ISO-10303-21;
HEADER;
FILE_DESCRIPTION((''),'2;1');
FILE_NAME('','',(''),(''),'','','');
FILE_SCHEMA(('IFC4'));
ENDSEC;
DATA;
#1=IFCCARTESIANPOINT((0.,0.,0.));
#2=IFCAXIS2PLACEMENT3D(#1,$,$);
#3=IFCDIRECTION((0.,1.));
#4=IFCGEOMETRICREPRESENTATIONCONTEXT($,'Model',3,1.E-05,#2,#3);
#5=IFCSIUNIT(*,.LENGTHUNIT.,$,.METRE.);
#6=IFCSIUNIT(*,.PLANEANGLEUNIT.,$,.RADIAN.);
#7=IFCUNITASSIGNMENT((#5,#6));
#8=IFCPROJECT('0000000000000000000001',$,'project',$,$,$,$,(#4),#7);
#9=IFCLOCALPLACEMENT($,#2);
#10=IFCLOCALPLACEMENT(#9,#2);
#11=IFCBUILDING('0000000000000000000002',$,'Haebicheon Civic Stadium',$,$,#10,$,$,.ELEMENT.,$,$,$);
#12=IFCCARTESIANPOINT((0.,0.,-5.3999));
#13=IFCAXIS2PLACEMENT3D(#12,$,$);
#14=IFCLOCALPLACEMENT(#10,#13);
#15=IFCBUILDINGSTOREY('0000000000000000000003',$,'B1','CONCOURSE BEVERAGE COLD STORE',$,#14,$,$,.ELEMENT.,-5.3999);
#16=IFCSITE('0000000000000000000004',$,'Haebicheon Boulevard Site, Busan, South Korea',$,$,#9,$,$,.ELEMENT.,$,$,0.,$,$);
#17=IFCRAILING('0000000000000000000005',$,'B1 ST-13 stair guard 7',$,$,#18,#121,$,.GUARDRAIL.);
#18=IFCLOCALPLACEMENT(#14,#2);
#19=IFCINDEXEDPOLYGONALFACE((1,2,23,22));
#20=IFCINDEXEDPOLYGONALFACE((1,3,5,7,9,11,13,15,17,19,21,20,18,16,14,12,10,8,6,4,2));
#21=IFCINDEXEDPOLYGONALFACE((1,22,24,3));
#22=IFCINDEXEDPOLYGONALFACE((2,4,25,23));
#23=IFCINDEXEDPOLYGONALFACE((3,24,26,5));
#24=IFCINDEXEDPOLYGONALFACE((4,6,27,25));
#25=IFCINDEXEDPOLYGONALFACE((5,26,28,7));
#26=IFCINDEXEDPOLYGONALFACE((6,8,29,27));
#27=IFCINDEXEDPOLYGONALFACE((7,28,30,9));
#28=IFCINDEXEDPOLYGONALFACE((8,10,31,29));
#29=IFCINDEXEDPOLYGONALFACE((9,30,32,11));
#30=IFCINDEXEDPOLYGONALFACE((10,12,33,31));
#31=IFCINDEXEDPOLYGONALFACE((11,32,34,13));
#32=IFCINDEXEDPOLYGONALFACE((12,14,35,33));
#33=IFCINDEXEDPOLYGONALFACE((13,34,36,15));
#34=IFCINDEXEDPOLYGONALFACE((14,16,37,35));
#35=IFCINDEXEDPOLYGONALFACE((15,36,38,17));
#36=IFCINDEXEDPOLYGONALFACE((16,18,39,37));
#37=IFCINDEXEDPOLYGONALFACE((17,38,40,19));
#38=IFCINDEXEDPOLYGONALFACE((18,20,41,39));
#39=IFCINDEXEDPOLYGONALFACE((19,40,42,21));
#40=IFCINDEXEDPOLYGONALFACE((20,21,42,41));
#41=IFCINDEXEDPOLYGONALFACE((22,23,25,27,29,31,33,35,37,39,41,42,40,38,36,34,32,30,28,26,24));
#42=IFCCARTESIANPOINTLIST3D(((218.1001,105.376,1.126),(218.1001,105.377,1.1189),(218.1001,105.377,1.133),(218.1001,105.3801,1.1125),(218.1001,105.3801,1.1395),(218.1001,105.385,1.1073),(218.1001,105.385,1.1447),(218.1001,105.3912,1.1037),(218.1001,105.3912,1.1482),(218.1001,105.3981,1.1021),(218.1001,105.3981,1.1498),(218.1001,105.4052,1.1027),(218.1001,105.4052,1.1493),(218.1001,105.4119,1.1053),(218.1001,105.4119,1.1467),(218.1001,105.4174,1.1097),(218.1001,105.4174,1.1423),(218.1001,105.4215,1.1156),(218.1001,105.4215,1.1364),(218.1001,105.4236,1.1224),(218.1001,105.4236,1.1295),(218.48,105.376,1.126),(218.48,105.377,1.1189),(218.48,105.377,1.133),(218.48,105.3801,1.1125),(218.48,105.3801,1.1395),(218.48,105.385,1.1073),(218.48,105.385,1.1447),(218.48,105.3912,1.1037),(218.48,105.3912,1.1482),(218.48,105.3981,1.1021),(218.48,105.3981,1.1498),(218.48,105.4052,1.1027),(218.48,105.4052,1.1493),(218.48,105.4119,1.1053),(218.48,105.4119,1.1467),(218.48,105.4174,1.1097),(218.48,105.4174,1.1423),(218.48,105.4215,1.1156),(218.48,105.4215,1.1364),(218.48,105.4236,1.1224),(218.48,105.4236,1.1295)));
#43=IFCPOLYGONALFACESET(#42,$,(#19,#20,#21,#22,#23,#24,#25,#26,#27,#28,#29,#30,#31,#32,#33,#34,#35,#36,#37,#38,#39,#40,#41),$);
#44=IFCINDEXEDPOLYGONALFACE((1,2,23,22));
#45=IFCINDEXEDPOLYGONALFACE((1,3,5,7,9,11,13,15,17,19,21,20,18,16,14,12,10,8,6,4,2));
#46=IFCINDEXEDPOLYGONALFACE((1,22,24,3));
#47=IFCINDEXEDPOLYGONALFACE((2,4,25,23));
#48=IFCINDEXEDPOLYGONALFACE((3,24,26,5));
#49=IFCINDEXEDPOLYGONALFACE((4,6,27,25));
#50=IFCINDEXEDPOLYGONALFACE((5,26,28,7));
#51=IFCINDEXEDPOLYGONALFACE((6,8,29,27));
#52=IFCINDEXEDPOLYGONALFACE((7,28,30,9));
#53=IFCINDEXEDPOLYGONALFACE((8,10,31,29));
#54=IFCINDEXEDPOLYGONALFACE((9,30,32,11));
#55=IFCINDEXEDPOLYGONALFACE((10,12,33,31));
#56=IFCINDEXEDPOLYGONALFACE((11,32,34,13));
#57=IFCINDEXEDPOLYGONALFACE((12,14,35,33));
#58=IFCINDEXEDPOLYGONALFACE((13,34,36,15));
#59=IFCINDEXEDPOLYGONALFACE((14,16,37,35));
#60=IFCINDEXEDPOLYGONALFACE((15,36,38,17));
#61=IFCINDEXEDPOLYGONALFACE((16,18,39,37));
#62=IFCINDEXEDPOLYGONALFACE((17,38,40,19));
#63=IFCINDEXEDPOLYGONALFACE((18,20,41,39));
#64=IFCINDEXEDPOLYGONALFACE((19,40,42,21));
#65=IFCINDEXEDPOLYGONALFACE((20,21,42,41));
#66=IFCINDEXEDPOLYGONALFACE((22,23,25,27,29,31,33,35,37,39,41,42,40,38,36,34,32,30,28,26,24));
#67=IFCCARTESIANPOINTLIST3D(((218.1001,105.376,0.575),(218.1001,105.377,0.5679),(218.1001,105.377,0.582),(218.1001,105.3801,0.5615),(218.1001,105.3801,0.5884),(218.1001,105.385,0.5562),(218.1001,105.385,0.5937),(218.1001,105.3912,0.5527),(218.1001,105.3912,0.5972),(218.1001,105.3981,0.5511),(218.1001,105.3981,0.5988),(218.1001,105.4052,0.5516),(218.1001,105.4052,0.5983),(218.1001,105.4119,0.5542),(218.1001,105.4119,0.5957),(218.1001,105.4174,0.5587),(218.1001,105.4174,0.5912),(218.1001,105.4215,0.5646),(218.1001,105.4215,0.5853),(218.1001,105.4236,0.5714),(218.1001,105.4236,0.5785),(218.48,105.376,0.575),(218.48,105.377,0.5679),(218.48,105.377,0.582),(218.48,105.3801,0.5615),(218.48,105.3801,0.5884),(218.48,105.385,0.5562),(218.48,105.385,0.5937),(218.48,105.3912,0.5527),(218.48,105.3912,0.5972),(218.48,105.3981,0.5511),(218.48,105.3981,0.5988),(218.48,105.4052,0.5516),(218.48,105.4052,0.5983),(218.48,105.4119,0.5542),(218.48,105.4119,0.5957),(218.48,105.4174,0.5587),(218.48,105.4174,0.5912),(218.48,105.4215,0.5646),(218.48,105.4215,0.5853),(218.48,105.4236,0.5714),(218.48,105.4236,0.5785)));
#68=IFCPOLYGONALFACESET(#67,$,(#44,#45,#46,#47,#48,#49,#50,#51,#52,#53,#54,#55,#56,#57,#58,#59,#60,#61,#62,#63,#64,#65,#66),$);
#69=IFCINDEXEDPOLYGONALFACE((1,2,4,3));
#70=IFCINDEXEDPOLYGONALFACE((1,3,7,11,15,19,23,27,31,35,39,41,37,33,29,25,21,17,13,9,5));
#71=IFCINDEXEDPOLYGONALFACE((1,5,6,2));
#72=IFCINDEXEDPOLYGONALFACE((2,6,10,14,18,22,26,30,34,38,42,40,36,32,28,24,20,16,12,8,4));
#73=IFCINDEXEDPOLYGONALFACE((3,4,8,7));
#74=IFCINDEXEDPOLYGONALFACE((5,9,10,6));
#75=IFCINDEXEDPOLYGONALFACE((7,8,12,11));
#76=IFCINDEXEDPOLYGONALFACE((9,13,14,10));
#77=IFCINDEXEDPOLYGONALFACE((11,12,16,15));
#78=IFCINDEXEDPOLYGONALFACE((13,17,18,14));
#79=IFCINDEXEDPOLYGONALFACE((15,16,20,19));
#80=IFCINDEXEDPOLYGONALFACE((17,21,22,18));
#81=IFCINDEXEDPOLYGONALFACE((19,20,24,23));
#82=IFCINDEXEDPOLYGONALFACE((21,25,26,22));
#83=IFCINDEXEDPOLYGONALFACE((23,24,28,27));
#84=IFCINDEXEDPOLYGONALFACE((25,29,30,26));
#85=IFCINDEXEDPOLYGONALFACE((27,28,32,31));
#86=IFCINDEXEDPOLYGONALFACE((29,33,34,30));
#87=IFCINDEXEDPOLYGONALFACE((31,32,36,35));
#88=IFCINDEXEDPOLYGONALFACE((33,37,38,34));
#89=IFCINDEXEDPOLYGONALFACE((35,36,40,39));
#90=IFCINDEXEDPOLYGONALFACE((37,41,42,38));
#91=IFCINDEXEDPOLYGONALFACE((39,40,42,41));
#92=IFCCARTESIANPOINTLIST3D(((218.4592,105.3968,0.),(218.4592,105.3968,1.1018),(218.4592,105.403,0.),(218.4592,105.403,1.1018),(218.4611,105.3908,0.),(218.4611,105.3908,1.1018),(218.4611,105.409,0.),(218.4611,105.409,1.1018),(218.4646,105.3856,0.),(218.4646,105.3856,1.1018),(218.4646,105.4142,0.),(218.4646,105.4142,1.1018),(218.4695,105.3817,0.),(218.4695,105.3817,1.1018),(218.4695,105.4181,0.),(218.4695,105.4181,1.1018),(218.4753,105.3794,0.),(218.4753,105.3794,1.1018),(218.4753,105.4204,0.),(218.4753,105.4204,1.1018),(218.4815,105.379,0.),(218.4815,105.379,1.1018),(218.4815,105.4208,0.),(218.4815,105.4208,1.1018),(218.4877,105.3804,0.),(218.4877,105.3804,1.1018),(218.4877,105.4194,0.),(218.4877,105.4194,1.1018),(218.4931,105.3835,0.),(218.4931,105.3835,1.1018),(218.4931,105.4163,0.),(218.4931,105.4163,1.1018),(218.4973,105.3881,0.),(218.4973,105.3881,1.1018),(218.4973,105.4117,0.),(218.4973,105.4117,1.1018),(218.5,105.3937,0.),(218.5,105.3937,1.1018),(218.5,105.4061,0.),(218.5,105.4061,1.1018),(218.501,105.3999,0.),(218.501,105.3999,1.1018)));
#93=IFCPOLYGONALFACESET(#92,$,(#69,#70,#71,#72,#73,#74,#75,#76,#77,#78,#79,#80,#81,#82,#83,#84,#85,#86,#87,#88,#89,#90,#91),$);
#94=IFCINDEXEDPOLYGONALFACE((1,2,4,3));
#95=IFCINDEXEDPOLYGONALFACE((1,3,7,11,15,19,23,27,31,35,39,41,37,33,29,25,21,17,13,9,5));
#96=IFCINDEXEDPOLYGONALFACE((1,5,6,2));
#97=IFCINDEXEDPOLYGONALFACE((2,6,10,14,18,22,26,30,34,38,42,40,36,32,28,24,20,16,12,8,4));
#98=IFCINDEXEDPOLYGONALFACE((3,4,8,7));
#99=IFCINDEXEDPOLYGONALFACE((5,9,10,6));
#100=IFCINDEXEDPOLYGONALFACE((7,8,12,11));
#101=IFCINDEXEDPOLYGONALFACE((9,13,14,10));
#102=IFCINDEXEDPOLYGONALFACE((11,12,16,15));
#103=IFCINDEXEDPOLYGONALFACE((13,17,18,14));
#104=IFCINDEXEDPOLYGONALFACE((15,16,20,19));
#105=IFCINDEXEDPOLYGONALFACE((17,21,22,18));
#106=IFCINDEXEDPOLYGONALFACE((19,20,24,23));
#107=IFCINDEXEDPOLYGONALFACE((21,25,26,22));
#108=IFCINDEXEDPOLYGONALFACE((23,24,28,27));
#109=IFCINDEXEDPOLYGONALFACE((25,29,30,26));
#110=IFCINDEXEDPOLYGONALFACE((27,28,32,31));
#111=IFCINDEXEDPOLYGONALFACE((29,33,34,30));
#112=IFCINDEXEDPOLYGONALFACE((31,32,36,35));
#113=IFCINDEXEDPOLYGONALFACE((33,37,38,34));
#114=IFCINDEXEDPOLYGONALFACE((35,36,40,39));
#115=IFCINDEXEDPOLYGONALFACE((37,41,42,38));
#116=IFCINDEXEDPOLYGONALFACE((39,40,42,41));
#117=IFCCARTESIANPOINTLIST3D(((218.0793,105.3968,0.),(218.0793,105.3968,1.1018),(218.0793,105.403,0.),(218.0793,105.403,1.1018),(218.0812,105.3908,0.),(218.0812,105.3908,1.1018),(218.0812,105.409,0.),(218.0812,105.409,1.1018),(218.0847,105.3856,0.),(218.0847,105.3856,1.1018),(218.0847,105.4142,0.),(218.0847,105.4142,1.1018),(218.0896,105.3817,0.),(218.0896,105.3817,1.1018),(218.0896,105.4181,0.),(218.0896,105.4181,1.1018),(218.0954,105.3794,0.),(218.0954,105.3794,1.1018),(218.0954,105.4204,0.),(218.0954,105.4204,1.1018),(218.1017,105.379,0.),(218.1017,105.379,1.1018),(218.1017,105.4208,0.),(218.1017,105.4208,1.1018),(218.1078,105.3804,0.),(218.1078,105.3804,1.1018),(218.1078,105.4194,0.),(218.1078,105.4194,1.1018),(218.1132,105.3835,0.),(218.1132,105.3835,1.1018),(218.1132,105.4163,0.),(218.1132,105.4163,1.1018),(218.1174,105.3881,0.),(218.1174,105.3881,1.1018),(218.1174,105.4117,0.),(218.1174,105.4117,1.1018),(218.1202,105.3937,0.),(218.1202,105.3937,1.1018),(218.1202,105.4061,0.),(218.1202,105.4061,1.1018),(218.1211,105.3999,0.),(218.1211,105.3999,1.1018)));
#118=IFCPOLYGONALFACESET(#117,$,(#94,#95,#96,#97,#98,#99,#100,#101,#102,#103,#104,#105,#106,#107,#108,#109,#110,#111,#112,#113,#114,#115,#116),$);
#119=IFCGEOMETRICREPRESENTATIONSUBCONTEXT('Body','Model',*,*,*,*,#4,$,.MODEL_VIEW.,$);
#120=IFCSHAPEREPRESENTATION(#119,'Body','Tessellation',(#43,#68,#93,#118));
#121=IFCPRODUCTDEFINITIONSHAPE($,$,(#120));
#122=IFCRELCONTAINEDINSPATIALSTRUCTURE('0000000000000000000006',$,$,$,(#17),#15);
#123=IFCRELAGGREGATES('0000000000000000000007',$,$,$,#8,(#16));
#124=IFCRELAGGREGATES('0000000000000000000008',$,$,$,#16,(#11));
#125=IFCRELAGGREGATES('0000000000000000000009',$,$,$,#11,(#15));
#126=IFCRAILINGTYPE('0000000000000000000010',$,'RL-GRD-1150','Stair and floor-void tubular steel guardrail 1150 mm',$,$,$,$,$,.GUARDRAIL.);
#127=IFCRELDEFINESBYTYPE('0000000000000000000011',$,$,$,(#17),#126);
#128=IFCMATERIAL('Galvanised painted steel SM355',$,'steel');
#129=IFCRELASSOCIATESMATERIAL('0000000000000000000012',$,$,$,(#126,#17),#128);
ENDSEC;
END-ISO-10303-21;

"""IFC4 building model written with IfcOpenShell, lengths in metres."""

from ifc_helpers import new_model, si_unit, direction, frame, origin, origin_2d, place, context, subcontext, project, spatial, circle, extrude, material, type_object, element, save


model = new_model("IFC4")

# Units and contexts
model_context = context("Model", 3, precision=1e-05, world=origin(), true_north=direction((0.0, 1.0)))
body_context = subcontext(model_context, "Body", "Model", "MODEL_VIEW")
ifc_project = project(units=[si_unit("LENGTHUNIT", "METRE"), si_unit("PLANEANGLEUNIT", "RADIAN")], contexts=[model_context])

# Site, building, storey
site_placement = place(None, origin())
site = spatial("IfcSite", under=ifc_project, at=site_placement, Name="Haebicheon Boulevard Site, Busan, South Korea", CompositionType="ELEMENT", RefElevation=0.0)
building_placement = place(site_placement, origin())
building = spatial("IfcBuilding", under=site, at=building_placement, Name="Haebicheon Civic Stadium", CompositionType="ELEMENT")
storey_placement = place(building_placement, frame((0.0, 0.0, -5.3999)))
storey = spatial("IfcBuildingStorey", under=building, at=storey_placement, Name="B1", Description="CONCOURSE BEVERAGE COLD STORE", CompositionType="ELEMENT", Elevation=-5.3999)

# Railing
ifc_material_1 = material(Name="Galvanised painted steel SM355", Category="steel")
railing_type_1 = type_object("IfcRailingType", Name="RL-GRD-1150", Description="Stair and floor-void tubular steel guardrail 1150 mm", PredefinedType="GUARDRAIL", material=ifc_material_1)
railing_1_placement = place(storey_placement, frame((218.48, 105.3999, 0.0)))
element("IfcRailing", 1, at=railing_1_placement, inside=storey, type_object=railing_type_1, material=ifc_material_1, Name="B1 ST-13 stair guard 7", PredefinedType="GUARDRAIL", context=body_context, shape_type="SweptSolid", body=[
    extrude(circle(Radius=0.0239, at=origin_2d()), frame((0.0, 0.0, 1.126), z_axis=(-1.0, 0.0, 0.0), x_axis=(0.0, -1.0, 0.0)), (0.0, 0.0, 1.0), 0.3799),
    extrude(circle(Radius=0.0239, at=origin_2d()), frame((0.0, 0.0, 0.575), z_axis=(-1.0, 0.0, 0.0), x_axis=(0.0, -1.0, 0.0)), (0.0, 0.0, 1.0), 0.3799),
    extrude(circle(Radius=0.021, at=origin_2d()), origin(), (0.0, 0.0, 1.0), 1.1018),
    extrude(circle(Radius=0.021, at=origin_2d()), frame((-0.3799, 0.0, 0.0)), (0.0, 0.0, 1.0), 1.1018),
])

save(model, "model.ifc")
